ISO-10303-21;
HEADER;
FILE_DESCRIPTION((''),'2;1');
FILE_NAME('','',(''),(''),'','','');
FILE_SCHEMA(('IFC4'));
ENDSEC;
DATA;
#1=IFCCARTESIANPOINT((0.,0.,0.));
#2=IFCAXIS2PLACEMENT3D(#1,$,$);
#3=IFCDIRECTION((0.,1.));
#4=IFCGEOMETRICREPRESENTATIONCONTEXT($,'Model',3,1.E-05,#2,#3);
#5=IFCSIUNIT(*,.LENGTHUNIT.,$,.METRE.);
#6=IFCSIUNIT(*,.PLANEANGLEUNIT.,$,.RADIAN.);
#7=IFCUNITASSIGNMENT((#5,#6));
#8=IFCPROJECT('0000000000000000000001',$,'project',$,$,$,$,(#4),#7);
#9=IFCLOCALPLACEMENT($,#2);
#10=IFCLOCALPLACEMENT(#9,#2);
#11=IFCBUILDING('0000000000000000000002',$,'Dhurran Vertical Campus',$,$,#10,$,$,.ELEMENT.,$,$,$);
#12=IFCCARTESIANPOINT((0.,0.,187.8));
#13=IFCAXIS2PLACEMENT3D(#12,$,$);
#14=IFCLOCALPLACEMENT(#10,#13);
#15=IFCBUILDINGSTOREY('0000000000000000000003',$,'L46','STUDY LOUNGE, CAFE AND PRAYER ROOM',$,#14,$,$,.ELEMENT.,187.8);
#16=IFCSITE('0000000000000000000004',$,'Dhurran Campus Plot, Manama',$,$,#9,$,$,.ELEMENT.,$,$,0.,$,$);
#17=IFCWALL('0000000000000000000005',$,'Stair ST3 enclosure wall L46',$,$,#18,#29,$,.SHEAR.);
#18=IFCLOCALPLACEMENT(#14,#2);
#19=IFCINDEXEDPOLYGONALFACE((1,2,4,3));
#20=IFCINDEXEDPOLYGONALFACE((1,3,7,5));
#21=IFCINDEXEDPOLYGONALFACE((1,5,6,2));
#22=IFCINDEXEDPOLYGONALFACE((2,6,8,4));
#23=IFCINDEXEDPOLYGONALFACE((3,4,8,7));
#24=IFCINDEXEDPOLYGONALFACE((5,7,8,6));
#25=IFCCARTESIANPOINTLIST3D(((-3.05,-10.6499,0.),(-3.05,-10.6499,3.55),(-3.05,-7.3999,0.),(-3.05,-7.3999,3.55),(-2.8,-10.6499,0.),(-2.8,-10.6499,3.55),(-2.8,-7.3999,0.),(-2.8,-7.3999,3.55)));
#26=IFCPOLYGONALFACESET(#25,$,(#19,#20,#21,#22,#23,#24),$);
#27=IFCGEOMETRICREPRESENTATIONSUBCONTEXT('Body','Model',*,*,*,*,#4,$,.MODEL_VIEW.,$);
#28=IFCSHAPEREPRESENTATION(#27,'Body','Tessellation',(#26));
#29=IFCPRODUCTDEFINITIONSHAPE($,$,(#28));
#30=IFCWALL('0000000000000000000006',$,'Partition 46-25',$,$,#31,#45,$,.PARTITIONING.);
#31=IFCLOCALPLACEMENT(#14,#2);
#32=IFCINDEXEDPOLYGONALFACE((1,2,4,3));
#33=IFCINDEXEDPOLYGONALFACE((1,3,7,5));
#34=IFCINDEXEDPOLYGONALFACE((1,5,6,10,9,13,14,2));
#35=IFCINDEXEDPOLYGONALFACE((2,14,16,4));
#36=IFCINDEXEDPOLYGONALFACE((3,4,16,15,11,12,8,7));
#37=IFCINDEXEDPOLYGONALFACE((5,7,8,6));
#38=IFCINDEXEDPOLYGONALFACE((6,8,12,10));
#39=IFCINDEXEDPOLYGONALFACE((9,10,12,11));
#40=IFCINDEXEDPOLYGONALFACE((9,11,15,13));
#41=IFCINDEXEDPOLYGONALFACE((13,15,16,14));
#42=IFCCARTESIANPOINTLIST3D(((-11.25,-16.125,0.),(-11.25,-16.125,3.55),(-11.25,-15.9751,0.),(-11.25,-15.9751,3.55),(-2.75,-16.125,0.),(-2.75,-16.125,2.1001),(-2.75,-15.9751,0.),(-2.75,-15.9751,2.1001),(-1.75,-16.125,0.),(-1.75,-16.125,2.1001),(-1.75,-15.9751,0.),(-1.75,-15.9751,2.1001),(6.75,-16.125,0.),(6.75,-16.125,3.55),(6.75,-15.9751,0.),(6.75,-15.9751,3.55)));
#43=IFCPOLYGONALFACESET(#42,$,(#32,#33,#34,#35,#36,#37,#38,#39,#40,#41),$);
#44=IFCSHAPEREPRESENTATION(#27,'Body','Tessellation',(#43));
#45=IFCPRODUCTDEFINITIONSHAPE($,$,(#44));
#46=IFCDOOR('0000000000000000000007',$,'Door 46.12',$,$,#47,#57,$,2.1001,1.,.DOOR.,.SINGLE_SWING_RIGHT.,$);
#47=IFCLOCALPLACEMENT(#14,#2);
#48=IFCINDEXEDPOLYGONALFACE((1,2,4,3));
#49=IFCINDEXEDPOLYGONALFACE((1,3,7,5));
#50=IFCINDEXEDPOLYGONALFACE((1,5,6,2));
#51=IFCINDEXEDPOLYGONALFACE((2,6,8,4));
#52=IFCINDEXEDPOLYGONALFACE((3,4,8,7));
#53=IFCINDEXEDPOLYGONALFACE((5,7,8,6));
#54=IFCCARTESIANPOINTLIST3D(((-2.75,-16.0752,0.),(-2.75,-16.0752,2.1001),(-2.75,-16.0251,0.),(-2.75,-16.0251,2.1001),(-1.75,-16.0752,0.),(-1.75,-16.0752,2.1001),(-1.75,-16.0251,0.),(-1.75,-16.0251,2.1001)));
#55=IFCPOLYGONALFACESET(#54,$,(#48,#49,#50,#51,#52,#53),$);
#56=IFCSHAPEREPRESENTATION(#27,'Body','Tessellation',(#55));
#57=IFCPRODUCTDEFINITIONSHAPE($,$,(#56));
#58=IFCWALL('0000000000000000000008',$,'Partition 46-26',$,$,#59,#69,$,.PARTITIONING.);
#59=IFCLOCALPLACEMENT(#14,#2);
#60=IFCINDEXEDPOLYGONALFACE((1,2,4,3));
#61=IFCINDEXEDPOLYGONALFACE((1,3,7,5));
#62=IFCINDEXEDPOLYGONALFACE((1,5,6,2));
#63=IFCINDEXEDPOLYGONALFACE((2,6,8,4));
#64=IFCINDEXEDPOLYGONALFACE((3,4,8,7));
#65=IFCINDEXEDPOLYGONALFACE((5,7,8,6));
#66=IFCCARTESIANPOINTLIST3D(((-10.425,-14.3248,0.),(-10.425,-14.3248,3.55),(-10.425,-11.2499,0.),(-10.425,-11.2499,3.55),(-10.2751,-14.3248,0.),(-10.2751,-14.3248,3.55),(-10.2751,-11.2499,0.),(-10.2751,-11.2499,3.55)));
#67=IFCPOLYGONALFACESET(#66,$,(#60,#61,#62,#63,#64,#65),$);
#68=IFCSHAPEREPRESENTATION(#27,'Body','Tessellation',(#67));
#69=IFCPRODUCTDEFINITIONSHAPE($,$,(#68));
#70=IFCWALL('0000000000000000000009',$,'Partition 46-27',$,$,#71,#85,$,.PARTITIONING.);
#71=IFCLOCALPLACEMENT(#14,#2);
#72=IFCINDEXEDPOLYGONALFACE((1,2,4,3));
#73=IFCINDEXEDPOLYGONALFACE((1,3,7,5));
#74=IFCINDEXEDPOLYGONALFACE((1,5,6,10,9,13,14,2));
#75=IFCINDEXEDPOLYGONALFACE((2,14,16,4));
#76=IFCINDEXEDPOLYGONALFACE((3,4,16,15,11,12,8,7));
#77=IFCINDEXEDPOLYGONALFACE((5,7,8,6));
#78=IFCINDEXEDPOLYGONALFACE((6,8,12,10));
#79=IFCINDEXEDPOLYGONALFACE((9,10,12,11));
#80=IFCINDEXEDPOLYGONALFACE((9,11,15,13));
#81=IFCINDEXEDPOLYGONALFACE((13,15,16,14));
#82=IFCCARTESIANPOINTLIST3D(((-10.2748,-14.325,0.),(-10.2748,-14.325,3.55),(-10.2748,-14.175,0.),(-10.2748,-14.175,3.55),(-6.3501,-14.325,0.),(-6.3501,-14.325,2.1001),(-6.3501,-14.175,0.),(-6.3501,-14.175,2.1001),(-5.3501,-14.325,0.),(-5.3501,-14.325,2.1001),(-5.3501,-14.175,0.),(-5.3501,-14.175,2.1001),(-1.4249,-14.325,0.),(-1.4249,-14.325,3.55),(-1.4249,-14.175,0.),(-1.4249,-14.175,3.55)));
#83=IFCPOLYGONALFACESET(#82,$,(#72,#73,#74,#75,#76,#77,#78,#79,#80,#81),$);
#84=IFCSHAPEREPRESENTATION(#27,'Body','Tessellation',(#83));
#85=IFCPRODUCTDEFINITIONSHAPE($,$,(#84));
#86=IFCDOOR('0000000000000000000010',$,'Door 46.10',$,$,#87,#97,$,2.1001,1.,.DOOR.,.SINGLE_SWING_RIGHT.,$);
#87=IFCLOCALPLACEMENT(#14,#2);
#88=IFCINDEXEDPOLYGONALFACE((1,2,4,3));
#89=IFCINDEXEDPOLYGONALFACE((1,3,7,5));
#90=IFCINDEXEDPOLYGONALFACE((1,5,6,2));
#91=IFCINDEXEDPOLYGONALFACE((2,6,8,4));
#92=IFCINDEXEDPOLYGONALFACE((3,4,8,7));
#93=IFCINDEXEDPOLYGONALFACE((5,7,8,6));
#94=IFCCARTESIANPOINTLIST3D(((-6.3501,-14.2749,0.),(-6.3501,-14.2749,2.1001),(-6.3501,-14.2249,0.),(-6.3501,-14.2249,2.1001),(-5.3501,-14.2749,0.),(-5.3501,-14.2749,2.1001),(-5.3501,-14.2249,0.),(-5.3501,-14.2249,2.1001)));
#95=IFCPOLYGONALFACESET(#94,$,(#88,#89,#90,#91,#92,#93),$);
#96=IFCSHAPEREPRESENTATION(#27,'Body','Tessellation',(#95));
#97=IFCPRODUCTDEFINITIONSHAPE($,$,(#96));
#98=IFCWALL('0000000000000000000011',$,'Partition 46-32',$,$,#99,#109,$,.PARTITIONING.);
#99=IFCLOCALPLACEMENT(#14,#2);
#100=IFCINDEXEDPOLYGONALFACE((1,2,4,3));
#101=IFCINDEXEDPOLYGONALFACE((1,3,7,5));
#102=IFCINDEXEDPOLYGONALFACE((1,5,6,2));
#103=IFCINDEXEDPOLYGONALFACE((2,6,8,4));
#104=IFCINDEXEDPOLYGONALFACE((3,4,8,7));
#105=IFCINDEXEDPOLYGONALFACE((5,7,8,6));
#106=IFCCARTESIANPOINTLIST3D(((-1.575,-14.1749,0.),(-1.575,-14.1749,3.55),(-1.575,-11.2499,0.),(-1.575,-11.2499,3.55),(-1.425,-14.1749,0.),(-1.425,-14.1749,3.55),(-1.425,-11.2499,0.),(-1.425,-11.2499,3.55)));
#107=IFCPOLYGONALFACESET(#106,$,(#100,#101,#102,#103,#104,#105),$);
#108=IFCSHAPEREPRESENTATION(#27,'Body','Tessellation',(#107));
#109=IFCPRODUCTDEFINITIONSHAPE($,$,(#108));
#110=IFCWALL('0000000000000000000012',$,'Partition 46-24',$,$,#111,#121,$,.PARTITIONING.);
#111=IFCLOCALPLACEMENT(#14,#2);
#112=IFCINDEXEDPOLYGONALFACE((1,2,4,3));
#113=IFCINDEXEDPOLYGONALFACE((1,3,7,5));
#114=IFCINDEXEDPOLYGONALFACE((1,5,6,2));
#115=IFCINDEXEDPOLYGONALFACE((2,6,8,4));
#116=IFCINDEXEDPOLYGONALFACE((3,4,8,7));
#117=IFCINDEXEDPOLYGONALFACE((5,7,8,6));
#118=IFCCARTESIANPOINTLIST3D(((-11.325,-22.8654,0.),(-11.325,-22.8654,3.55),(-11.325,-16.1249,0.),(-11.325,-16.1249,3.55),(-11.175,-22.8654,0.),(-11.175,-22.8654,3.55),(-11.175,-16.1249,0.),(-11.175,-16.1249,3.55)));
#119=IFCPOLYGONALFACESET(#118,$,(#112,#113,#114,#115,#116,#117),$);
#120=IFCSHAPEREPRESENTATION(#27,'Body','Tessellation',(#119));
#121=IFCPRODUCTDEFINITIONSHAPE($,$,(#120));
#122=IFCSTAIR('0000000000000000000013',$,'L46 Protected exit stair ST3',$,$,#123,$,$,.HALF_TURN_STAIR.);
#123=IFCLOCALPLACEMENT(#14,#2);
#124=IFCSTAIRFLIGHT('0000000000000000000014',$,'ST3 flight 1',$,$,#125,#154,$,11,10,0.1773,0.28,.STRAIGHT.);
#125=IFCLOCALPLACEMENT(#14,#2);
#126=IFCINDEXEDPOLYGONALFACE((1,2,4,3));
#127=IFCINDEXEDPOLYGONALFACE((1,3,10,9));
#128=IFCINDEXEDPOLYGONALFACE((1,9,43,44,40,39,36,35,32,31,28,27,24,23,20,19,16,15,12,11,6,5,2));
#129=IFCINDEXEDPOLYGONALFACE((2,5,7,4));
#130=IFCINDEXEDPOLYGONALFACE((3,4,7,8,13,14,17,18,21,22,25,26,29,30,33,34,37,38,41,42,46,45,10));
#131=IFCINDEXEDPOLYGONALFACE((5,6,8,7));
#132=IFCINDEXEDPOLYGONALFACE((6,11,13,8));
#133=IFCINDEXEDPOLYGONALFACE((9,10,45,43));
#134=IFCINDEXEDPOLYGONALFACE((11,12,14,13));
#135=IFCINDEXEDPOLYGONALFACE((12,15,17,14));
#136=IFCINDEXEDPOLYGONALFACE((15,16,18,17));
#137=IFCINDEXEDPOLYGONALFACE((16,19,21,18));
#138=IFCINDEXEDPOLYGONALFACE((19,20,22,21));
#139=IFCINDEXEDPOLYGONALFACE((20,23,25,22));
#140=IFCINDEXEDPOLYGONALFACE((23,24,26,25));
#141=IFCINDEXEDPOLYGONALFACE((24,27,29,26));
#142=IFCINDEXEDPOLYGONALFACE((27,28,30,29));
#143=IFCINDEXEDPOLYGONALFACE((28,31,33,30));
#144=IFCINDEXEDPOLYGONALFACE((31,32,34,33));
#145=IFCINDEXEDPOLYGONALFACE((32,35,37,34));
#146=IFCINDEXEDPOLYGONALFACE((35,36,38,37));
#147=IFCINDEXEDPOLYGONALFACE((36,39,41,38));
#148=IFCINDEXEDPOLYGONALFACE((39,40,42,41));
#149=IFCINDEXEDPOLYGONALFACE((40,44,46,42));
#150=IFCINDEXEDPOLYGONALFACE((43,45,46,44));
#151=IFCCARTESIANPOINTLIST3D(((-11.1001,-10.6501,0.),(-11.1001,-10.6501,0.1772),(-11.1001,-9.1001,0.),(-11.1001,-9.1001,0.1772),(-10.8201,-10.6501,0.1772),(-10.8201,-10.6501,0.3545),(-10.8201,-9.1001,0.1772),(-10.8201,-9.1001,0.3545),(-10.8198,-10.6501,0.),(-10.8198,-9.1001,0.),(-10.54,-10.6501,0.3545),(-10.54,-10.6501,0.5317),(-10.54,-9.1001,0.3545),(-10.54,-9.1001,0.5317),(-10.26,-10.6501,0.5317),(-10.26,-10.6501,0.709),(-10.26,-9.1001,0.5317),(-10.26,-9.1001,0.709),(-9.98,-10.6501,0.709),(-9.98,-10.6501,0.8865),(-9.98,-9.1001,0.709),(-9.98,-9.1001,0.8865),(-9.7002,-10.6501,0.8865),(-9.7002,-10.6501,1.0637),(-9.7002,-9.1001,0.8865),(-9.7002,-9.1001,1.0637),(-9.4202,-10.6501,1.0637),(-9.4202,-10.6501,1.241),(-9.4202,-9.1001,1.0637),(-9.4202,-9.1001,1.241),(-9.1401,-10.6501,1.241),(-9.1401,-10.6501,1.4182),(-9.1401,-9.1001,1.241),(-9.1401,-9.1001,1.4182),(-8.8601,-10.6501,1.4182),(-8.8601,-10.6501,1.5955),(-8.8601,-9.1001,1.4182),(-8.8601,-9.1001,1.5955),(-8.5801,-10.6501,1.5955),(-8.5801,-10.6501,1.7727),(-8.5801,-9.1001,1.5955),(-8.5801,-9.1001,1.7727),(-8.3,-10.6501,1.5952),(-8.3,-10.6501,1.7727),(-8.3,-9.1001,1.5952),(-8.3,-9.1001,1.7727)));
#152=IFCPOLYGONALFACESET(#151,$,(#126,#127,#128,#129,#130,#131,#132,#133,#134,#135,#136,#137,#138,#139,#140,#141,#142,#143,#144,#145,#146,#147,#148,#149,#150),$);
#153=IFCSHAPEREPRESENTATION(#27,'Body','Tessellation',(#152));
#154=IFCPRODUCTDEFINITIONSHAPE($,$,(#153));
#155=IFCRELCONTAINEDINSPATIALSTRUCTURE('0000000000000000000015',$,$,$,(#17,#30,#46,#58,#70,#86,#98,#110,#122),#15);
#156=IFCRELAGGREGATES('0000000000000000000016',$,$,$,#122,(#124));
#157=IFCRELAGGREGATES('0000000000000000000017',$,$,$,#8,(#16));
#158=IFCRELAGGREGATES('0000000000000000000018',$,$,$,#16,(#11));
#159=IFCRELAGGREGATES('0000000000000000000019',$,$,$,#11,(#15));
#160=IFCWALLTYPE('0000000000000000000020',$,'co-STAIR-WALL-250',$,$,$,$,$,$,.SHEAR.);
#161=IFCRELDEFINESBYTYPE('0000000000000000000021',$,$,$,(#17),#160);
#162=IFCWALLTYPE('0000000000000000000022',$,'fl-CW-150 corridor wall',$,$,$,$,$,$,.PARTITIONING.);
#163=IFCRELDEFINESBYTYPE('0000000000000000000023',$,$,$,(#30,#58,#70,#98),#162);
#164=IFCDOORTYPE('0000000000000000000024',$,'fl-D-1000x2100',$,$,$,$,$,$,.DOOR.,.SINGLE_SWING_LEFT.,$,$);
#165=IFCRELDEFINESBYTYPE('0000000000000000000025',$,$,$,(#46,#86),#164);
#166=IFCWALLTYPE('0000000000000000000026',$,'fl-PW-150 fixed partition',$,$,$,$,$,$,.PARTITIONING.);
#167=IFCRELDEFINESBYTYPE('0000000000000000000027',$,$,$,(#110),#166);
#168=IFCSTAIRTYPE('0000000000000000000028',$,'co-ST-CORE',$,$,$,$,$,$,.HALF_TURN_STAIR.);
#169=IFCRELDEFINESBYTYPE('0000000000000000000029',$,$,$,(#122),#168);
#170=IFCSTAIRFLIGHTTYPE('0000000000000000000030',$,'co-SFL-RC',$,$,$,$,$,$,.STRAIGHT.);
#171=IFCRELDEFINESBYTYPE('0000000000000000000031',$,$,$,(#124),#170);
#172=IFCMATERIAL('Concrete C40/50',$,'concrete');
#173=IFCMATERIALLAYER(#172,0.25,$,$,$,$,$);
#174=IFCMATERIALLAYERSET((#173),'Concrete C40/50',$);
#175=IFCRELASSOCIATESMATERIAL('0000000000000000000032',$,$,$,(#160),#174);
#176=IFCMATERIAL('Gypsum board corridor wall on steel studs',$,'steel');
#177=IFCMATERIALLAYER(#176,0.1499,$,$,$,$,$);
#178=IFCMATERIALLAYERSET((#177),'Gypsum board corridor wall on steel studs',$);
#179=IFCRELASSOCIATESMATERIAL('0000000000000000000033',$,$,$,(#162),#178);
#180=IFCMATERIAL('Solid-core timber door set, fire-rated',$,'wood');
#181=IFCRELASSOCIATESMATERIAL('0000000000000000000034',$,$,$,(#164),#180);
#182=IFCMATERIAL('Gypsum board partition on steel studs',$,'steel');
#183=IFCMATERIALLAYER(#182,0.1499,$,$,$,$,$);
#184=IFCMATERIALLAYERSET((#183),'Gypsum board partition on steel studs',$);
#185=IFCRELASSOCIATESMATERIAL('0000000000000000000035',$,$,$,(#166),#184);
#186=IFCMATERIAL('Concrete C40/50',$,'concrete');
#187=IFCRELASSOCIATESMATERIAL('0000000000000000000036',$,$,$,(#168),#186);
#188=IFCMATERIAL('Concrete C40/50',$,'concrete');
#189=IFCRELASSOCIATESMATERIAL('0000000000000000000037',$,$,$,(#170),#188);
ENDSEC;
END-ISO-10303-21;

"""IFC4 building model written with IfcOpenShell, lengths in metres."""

from ifc_helpers import new_model, si_unit, direction, frame, frame_2d, origin, place, context, subcontext, project, spatial, polyline, rectangle, outline, extrude, material, layer, layer_set, type_object, element, fill, aggregate, save


model = new_model("IFC4")

# Units and contexts
model_context = context("Model", 3, precision=1e-05, world=origin(), true_north=direction((0.0, 1.0)))
body_context = subcontext(model_context, "Body", "Model", "MODEL_VIEW")
ifc_project = project(units=[si_unit("LENGTHUNIT", "METRE"), si_unit("PLANEANGLEUNIT", "RADIAN")], contexts=[model_context])

# Site, building, storey
site_placement = place(None, origin())
site = spatial("IfcSite", under=ifc_project, at=site_placement, Name="Dhurran Campus Plot, Manama", CompositionType="ELEMENT", RefElevation=0.0)
building_placement = place(site_placement, origin())
building = spatial("IfcBuilding", under=site, at=building_placement, Name="Dhurran Vertical Campus", CompositionType="ELEMENT")
storey_placement = place(building_placement, frame((0.0, 0.0, 187.8)))
storey = spatial("IfcBuildingStorey", under=building, at=storey_placement, Name="L46", Description="STUDY LOUNGE, CAFE AND PRAYER ROOM", CompositionType="ELEMENT", Elevation=187.8)

# Wall
ifc_material_1 = material(Name="Concrete C40/50", Category="concrete")
ifc_layer_1 = layer(ifc_material_1, 0.25)
ifc_layer_set_1 = layer_set([ifc_layer_1], Name="Concrete C40/50")
wall_type_1 = type_object("IfcWallType", Name="co-STAIR-WALL-250", PredefinedType="SHEAR", material=ifc_layer_set_1)
wall_1_placement = place(storey_placement, frame((-2.925, -10.6499, 0.0), z_axis=(0.0, 0.0, 1.0), x_axis=(0.0, 1.0, 0.0)))
element("IfcWall", 1, at=wall_1_placement, inside=storey, type_object=wall_type_1, Name="Stair ST3 enclosure wall L46", PredefinedType="SHEAR", context=body_context, shape_type="SweptSolid", body=[
    extrude(rectangle(XDim=3.25, YDim=0.25, at=frame_2d((1.625, 0.0))), origin(), (0.0, 0.0, 1.0), 3.55),
])

# Wall, opening, door
ifc_material_2 = material(Name="Gypsum board corridor wall on steel studs", Category="steel")
ifc_layer_2 = layer(ifc_material_2, 0.1499)
ifc_layer_set_2 = layer_set([ifc_layer_2], Name="Gypsum board corridor wall on steel studs")
wall_type_2 = type_object("IfcWallType", Name="fl-CW-150 corridor wall", PredefinedType="PARTITIONING", material=ifc_layer_set_2)
wall_2_placement = place(storey_placement, frame((-11.25, -16.05, 0.0), z_axis=(0.0, 0.0, 1.0), x_axis=(1.0, 0.0, 0.0)))
wall_2 = element("IfcWall", 2, at=wall_2_placement, inside=storey, type_object=wall_type_2, Name="Partition 46-25", PredefinedType="PARTITIONING", context=body_context, shape_type="SweptSolid", body=[
    extrude(rectangle(XDim=18.0, YDim=0.1499, at=frame_2d((9.0, 0.0))), origin(), (0.0, 0.0, 1.0), 3.55),
])
opening_1_placement = place(wall_2_placement, frame((8.5, 0.0, 0.0)))
opening_1 = element("IfcOpeningElement", 3, at=opening_1_placement, cuts=wall_2, PredefinedType="OPENING", context=body_context, shape_type="SweptSolid", body=[
    extrude(rectangle(XDim=1.0, YDim=2.1001, at=frame_2d((0.5, 1.05))), frame((0.0, 0.085, 0.0), z_axis=(0.0, -1.0, 0.0), x_axis=(1.0, 0.0, 0.0)), (0.0, 0.0, 1.0), 0.1699),
])
ifc_material_3 = material(Name="Solid-core timber door set, fire-rated", Category="wood")
door_type_1 = type_object("IfcDoorType", Name="fl-D-1000x2100", OperationType="SINGLE_SWING_LEFT", PredefinedType="DOOR", material=ifc_material_3)
door_1_placement = place(opening_1_placement, origin())
door_1 = element("IfcDoor", 4, at=door_1_placement, inside=storey, type_object=door_type_1, Name="Door 46.12", OperationType="SINGLE_SWING_RIGHT", OverallHeight=2.1001, OverallWidth=1.0, PredefinedType="DOOR", context=body_context, shape_type="SweptSolid", body=[
    extrude(rectangle(XDim=1.0, YDim=2.1001, at=frame_2d((0.5, 1.05))), frame((0.0, 0.0249, 0.0), z_axis=(0.0, -1.0, 0.0), x_axis=(1.0, 0.0, 0.0)), (0.0, 0.0, 1.0), 0.05),
])
fill(opening_1, door_1)

# Wall
wall_3_placement = place(storey_placement, frame((-10.3501, -14.325, 0.0), z_axis=(0.0, 0.0, 1.0), x_axis=(0.0, 1.0, 0.0)))
element("IfcWall", 5, at=wall_3_placement, inside=storey, type_object=wall_type_2, Name="Partition 46-26", PredefinedType="PARTITIONING", context=body_context, shape_type="SweptSolid", body=[
    extrude(rectangle(XDim=3.075, YDim=0.1499, at=frame_2d((1.5376, 0.0))), origin(), (0.0, 0.0, 1.0), 3.55),
])

# Wall, opening, door
wall_4_placement = place(storey_placement, frame((-1.425, -14.25, 0.0), z_axis=(0.0, 0.0, 1.0), x_axis=(-1.0, 0.0, 0.0)))
wall_4 = element("IfcWall", 6, at=wall_4_placement, inside=storey, type_object=wall_type_2, Name="Partition 46-27", PredefinedType="PARTITIONING", context=body_context, shape_type="SweptSolid", body=[
    extrude(rectangle(XDim=8.8499, YDim=0.1499, at=frame_2d((4.4248, 0.0))), origin(), (0.0, 0.0, 1.0), 3.55),
])
opening_2_placement = place(wall_4_placement, frame((3.925, 0.0, 0.0)))
opening_2 = element("IfcOpeningElement", 7, at=opening_2_placement, cuts=wall_4, PredefinedType="OPENING", context=body_context, shape_type="SweptSolid", body=[
    extrude(rectangle(XDim=1.0, YDim=2.1001, at=frame_2d((0.5, 1.05))), frame((0.0, 0.085, 0.0), z_axis=(0.0, -1.0, 0.0), x_axis=(1.0, 0.0, 0.0)), (0.0, 0.0, 1.0), 0.1699),
])
door_2_placement = place(opening_2_placement, origin())
door_2 = element("IfcDoor", 8, at=door_2_placement, inside=storey, type_object=door_type_1, Name="Door 46.10", OperationType="SINGLE_SWING_RIGHT", OverallHeight=2.1001, OverallWidth=1.0, PredefinedType="DOOR", context=body_context, shape_type="SweptSolid", body=[
    extrude(rectangle(XDim=1.0, YDim=2.1001, at=frame_2d((0.5, 1.05))), frame((0.0, 0.0249, 0.0), z_axis=(0.0, -1.0, 0.0), x_axis=(1.0, 0.0, 0.0)), (0.0, 0.0, 1.0), 0.05),
])
fill(opening_2, door_2)

# Walls
wall_5_placement = place(storey_placement, frame((-1.5, -11.25, 0.0), z_axis=(0.0, 0.0, 1.0), x_axis=(0.0, -1.0, 0.0)))
element("IfcWall", 9, at=wall_5_placement, inside=storey, type_object=wall_type_2, Name="Partition 46-32", PredefinedType="PARTITIONING", context=body_context, shape_type="SweptSolid", body=[
    extrude(rectangle(XDim=2.925, YDim=0.1499, at=frame_2d((1.4624, 0.0))), origin(), (0.0, 0.0, 1.0), 3.55),
])
ifc_material_4 = material(Name="Gypsum board partition on steel studs", Category="steel")
ifc_layer_3 = layer(ifc_material_4, 0.1499)
ifc_layer_set_3 = layer_set([ifc_layer_3], Name="Gypsum board partition on steel studs")
wall_type_3 = type_object("IfcWallType", Name="fl-PW-150 fixed partition", PredefinedType="PARTITIONING", material=ifc_layer_set_3)
wall_6_placement = place(storey_placement, frame((-11.25, -16.125, 0.0), z_axis=(0.0, 0.0, 1.0), x_axis=(0.0, -1.0, 0.0)))
element("IfcWall", 10, at=wall_6_placement, inside=storey, type_object=wall_type_3, Name="Partition 46-24", PredefinedType="PARTITIONING", context=body_context, shape_type="SweptSolid", body=[
    extrude(rectangle(XDim=6.7405, YDim=0.1499, at=frame_2d((3.3701, 0.0))), origin(), (0.0, 0.0, 1.0), 3.55),
])

# Stair, stair flight
ifc_material_5 = material(Name="Concrete C40/50", Category="concrete")
stair_type = type_object("IfcStairType", Name="co-ST-CORE", PredefinedType="HALF_TURN_STAIR", material=ifc_material_5)
stair_placement = place(storey_placement, origin())
stair = element("IfcStair", 11, at=stair_placement, inside=storey, type_object=stair_type, Name="L46 Protected exit stair ST3", PredefinedType="HALF_TURN_STAIR")
ifc_material_6 = material(Name="Concrete C40/50", Category="concrete")
stair_flight_type = type_object("IfcStairFlightType", Name="co-SFL-RC", PredefinedType="STRAIGHT", material=ifc_material_6)
stair_flight_placement = place(storey_placement, frame((-11.1001, -9.875, 0.0), z_axis=(0.0, 0.0, 1.0), x_axis=(1.0, 0.0, 0.0)))
stair_flight = element("IfcStairFlight", 12, at=stair_flight_placement, type_object=stair_flight_type, Name="ST3 flight 1", NumberOfRisers=11, NumberOfTreads=10, PredefinedType="STRAIGHT", RiserHeight=0.1773, TreadLength=0.28, context=body_context, shape_type="SweptSolid", body=[
    extrude(outline(polyline([(0.0, 0.0), (0.0, 0.1772), (0.28, 0.1772), (0.28, 0.3545), (0.5601, 0.3545), (0.5601, 0.5317), (0.8401, 0.5317), (0.8401, 0.709), (1.1201, 0.709), (1.1201, 0.8865), (1.3999, 0.8865), (1.3999, 1.0637), (1.6799, 1.0637), (1.6799, 1.241), (1.96, 1.241), (1.96, 1.4182), (2.24, 1.4182), (2.24, 1.5955), (2.52, 1.5955), (2.52, 1.7727), (2.8, 1.7727), (2.8, 1.95), (2.8, 1.5952), (0.2803, 0.0), (0.0, 0.0)])), frame((0.0, 0.7749, 0.0), z_axis=(0.0, -1.0, 0.0), x_axis=(1.0, 0.0, 0.0)), (0.0, 0.0, 1.0), 1.55),
])
aggregate(stair, [stair_flight])

save(model, "model.ifc")
